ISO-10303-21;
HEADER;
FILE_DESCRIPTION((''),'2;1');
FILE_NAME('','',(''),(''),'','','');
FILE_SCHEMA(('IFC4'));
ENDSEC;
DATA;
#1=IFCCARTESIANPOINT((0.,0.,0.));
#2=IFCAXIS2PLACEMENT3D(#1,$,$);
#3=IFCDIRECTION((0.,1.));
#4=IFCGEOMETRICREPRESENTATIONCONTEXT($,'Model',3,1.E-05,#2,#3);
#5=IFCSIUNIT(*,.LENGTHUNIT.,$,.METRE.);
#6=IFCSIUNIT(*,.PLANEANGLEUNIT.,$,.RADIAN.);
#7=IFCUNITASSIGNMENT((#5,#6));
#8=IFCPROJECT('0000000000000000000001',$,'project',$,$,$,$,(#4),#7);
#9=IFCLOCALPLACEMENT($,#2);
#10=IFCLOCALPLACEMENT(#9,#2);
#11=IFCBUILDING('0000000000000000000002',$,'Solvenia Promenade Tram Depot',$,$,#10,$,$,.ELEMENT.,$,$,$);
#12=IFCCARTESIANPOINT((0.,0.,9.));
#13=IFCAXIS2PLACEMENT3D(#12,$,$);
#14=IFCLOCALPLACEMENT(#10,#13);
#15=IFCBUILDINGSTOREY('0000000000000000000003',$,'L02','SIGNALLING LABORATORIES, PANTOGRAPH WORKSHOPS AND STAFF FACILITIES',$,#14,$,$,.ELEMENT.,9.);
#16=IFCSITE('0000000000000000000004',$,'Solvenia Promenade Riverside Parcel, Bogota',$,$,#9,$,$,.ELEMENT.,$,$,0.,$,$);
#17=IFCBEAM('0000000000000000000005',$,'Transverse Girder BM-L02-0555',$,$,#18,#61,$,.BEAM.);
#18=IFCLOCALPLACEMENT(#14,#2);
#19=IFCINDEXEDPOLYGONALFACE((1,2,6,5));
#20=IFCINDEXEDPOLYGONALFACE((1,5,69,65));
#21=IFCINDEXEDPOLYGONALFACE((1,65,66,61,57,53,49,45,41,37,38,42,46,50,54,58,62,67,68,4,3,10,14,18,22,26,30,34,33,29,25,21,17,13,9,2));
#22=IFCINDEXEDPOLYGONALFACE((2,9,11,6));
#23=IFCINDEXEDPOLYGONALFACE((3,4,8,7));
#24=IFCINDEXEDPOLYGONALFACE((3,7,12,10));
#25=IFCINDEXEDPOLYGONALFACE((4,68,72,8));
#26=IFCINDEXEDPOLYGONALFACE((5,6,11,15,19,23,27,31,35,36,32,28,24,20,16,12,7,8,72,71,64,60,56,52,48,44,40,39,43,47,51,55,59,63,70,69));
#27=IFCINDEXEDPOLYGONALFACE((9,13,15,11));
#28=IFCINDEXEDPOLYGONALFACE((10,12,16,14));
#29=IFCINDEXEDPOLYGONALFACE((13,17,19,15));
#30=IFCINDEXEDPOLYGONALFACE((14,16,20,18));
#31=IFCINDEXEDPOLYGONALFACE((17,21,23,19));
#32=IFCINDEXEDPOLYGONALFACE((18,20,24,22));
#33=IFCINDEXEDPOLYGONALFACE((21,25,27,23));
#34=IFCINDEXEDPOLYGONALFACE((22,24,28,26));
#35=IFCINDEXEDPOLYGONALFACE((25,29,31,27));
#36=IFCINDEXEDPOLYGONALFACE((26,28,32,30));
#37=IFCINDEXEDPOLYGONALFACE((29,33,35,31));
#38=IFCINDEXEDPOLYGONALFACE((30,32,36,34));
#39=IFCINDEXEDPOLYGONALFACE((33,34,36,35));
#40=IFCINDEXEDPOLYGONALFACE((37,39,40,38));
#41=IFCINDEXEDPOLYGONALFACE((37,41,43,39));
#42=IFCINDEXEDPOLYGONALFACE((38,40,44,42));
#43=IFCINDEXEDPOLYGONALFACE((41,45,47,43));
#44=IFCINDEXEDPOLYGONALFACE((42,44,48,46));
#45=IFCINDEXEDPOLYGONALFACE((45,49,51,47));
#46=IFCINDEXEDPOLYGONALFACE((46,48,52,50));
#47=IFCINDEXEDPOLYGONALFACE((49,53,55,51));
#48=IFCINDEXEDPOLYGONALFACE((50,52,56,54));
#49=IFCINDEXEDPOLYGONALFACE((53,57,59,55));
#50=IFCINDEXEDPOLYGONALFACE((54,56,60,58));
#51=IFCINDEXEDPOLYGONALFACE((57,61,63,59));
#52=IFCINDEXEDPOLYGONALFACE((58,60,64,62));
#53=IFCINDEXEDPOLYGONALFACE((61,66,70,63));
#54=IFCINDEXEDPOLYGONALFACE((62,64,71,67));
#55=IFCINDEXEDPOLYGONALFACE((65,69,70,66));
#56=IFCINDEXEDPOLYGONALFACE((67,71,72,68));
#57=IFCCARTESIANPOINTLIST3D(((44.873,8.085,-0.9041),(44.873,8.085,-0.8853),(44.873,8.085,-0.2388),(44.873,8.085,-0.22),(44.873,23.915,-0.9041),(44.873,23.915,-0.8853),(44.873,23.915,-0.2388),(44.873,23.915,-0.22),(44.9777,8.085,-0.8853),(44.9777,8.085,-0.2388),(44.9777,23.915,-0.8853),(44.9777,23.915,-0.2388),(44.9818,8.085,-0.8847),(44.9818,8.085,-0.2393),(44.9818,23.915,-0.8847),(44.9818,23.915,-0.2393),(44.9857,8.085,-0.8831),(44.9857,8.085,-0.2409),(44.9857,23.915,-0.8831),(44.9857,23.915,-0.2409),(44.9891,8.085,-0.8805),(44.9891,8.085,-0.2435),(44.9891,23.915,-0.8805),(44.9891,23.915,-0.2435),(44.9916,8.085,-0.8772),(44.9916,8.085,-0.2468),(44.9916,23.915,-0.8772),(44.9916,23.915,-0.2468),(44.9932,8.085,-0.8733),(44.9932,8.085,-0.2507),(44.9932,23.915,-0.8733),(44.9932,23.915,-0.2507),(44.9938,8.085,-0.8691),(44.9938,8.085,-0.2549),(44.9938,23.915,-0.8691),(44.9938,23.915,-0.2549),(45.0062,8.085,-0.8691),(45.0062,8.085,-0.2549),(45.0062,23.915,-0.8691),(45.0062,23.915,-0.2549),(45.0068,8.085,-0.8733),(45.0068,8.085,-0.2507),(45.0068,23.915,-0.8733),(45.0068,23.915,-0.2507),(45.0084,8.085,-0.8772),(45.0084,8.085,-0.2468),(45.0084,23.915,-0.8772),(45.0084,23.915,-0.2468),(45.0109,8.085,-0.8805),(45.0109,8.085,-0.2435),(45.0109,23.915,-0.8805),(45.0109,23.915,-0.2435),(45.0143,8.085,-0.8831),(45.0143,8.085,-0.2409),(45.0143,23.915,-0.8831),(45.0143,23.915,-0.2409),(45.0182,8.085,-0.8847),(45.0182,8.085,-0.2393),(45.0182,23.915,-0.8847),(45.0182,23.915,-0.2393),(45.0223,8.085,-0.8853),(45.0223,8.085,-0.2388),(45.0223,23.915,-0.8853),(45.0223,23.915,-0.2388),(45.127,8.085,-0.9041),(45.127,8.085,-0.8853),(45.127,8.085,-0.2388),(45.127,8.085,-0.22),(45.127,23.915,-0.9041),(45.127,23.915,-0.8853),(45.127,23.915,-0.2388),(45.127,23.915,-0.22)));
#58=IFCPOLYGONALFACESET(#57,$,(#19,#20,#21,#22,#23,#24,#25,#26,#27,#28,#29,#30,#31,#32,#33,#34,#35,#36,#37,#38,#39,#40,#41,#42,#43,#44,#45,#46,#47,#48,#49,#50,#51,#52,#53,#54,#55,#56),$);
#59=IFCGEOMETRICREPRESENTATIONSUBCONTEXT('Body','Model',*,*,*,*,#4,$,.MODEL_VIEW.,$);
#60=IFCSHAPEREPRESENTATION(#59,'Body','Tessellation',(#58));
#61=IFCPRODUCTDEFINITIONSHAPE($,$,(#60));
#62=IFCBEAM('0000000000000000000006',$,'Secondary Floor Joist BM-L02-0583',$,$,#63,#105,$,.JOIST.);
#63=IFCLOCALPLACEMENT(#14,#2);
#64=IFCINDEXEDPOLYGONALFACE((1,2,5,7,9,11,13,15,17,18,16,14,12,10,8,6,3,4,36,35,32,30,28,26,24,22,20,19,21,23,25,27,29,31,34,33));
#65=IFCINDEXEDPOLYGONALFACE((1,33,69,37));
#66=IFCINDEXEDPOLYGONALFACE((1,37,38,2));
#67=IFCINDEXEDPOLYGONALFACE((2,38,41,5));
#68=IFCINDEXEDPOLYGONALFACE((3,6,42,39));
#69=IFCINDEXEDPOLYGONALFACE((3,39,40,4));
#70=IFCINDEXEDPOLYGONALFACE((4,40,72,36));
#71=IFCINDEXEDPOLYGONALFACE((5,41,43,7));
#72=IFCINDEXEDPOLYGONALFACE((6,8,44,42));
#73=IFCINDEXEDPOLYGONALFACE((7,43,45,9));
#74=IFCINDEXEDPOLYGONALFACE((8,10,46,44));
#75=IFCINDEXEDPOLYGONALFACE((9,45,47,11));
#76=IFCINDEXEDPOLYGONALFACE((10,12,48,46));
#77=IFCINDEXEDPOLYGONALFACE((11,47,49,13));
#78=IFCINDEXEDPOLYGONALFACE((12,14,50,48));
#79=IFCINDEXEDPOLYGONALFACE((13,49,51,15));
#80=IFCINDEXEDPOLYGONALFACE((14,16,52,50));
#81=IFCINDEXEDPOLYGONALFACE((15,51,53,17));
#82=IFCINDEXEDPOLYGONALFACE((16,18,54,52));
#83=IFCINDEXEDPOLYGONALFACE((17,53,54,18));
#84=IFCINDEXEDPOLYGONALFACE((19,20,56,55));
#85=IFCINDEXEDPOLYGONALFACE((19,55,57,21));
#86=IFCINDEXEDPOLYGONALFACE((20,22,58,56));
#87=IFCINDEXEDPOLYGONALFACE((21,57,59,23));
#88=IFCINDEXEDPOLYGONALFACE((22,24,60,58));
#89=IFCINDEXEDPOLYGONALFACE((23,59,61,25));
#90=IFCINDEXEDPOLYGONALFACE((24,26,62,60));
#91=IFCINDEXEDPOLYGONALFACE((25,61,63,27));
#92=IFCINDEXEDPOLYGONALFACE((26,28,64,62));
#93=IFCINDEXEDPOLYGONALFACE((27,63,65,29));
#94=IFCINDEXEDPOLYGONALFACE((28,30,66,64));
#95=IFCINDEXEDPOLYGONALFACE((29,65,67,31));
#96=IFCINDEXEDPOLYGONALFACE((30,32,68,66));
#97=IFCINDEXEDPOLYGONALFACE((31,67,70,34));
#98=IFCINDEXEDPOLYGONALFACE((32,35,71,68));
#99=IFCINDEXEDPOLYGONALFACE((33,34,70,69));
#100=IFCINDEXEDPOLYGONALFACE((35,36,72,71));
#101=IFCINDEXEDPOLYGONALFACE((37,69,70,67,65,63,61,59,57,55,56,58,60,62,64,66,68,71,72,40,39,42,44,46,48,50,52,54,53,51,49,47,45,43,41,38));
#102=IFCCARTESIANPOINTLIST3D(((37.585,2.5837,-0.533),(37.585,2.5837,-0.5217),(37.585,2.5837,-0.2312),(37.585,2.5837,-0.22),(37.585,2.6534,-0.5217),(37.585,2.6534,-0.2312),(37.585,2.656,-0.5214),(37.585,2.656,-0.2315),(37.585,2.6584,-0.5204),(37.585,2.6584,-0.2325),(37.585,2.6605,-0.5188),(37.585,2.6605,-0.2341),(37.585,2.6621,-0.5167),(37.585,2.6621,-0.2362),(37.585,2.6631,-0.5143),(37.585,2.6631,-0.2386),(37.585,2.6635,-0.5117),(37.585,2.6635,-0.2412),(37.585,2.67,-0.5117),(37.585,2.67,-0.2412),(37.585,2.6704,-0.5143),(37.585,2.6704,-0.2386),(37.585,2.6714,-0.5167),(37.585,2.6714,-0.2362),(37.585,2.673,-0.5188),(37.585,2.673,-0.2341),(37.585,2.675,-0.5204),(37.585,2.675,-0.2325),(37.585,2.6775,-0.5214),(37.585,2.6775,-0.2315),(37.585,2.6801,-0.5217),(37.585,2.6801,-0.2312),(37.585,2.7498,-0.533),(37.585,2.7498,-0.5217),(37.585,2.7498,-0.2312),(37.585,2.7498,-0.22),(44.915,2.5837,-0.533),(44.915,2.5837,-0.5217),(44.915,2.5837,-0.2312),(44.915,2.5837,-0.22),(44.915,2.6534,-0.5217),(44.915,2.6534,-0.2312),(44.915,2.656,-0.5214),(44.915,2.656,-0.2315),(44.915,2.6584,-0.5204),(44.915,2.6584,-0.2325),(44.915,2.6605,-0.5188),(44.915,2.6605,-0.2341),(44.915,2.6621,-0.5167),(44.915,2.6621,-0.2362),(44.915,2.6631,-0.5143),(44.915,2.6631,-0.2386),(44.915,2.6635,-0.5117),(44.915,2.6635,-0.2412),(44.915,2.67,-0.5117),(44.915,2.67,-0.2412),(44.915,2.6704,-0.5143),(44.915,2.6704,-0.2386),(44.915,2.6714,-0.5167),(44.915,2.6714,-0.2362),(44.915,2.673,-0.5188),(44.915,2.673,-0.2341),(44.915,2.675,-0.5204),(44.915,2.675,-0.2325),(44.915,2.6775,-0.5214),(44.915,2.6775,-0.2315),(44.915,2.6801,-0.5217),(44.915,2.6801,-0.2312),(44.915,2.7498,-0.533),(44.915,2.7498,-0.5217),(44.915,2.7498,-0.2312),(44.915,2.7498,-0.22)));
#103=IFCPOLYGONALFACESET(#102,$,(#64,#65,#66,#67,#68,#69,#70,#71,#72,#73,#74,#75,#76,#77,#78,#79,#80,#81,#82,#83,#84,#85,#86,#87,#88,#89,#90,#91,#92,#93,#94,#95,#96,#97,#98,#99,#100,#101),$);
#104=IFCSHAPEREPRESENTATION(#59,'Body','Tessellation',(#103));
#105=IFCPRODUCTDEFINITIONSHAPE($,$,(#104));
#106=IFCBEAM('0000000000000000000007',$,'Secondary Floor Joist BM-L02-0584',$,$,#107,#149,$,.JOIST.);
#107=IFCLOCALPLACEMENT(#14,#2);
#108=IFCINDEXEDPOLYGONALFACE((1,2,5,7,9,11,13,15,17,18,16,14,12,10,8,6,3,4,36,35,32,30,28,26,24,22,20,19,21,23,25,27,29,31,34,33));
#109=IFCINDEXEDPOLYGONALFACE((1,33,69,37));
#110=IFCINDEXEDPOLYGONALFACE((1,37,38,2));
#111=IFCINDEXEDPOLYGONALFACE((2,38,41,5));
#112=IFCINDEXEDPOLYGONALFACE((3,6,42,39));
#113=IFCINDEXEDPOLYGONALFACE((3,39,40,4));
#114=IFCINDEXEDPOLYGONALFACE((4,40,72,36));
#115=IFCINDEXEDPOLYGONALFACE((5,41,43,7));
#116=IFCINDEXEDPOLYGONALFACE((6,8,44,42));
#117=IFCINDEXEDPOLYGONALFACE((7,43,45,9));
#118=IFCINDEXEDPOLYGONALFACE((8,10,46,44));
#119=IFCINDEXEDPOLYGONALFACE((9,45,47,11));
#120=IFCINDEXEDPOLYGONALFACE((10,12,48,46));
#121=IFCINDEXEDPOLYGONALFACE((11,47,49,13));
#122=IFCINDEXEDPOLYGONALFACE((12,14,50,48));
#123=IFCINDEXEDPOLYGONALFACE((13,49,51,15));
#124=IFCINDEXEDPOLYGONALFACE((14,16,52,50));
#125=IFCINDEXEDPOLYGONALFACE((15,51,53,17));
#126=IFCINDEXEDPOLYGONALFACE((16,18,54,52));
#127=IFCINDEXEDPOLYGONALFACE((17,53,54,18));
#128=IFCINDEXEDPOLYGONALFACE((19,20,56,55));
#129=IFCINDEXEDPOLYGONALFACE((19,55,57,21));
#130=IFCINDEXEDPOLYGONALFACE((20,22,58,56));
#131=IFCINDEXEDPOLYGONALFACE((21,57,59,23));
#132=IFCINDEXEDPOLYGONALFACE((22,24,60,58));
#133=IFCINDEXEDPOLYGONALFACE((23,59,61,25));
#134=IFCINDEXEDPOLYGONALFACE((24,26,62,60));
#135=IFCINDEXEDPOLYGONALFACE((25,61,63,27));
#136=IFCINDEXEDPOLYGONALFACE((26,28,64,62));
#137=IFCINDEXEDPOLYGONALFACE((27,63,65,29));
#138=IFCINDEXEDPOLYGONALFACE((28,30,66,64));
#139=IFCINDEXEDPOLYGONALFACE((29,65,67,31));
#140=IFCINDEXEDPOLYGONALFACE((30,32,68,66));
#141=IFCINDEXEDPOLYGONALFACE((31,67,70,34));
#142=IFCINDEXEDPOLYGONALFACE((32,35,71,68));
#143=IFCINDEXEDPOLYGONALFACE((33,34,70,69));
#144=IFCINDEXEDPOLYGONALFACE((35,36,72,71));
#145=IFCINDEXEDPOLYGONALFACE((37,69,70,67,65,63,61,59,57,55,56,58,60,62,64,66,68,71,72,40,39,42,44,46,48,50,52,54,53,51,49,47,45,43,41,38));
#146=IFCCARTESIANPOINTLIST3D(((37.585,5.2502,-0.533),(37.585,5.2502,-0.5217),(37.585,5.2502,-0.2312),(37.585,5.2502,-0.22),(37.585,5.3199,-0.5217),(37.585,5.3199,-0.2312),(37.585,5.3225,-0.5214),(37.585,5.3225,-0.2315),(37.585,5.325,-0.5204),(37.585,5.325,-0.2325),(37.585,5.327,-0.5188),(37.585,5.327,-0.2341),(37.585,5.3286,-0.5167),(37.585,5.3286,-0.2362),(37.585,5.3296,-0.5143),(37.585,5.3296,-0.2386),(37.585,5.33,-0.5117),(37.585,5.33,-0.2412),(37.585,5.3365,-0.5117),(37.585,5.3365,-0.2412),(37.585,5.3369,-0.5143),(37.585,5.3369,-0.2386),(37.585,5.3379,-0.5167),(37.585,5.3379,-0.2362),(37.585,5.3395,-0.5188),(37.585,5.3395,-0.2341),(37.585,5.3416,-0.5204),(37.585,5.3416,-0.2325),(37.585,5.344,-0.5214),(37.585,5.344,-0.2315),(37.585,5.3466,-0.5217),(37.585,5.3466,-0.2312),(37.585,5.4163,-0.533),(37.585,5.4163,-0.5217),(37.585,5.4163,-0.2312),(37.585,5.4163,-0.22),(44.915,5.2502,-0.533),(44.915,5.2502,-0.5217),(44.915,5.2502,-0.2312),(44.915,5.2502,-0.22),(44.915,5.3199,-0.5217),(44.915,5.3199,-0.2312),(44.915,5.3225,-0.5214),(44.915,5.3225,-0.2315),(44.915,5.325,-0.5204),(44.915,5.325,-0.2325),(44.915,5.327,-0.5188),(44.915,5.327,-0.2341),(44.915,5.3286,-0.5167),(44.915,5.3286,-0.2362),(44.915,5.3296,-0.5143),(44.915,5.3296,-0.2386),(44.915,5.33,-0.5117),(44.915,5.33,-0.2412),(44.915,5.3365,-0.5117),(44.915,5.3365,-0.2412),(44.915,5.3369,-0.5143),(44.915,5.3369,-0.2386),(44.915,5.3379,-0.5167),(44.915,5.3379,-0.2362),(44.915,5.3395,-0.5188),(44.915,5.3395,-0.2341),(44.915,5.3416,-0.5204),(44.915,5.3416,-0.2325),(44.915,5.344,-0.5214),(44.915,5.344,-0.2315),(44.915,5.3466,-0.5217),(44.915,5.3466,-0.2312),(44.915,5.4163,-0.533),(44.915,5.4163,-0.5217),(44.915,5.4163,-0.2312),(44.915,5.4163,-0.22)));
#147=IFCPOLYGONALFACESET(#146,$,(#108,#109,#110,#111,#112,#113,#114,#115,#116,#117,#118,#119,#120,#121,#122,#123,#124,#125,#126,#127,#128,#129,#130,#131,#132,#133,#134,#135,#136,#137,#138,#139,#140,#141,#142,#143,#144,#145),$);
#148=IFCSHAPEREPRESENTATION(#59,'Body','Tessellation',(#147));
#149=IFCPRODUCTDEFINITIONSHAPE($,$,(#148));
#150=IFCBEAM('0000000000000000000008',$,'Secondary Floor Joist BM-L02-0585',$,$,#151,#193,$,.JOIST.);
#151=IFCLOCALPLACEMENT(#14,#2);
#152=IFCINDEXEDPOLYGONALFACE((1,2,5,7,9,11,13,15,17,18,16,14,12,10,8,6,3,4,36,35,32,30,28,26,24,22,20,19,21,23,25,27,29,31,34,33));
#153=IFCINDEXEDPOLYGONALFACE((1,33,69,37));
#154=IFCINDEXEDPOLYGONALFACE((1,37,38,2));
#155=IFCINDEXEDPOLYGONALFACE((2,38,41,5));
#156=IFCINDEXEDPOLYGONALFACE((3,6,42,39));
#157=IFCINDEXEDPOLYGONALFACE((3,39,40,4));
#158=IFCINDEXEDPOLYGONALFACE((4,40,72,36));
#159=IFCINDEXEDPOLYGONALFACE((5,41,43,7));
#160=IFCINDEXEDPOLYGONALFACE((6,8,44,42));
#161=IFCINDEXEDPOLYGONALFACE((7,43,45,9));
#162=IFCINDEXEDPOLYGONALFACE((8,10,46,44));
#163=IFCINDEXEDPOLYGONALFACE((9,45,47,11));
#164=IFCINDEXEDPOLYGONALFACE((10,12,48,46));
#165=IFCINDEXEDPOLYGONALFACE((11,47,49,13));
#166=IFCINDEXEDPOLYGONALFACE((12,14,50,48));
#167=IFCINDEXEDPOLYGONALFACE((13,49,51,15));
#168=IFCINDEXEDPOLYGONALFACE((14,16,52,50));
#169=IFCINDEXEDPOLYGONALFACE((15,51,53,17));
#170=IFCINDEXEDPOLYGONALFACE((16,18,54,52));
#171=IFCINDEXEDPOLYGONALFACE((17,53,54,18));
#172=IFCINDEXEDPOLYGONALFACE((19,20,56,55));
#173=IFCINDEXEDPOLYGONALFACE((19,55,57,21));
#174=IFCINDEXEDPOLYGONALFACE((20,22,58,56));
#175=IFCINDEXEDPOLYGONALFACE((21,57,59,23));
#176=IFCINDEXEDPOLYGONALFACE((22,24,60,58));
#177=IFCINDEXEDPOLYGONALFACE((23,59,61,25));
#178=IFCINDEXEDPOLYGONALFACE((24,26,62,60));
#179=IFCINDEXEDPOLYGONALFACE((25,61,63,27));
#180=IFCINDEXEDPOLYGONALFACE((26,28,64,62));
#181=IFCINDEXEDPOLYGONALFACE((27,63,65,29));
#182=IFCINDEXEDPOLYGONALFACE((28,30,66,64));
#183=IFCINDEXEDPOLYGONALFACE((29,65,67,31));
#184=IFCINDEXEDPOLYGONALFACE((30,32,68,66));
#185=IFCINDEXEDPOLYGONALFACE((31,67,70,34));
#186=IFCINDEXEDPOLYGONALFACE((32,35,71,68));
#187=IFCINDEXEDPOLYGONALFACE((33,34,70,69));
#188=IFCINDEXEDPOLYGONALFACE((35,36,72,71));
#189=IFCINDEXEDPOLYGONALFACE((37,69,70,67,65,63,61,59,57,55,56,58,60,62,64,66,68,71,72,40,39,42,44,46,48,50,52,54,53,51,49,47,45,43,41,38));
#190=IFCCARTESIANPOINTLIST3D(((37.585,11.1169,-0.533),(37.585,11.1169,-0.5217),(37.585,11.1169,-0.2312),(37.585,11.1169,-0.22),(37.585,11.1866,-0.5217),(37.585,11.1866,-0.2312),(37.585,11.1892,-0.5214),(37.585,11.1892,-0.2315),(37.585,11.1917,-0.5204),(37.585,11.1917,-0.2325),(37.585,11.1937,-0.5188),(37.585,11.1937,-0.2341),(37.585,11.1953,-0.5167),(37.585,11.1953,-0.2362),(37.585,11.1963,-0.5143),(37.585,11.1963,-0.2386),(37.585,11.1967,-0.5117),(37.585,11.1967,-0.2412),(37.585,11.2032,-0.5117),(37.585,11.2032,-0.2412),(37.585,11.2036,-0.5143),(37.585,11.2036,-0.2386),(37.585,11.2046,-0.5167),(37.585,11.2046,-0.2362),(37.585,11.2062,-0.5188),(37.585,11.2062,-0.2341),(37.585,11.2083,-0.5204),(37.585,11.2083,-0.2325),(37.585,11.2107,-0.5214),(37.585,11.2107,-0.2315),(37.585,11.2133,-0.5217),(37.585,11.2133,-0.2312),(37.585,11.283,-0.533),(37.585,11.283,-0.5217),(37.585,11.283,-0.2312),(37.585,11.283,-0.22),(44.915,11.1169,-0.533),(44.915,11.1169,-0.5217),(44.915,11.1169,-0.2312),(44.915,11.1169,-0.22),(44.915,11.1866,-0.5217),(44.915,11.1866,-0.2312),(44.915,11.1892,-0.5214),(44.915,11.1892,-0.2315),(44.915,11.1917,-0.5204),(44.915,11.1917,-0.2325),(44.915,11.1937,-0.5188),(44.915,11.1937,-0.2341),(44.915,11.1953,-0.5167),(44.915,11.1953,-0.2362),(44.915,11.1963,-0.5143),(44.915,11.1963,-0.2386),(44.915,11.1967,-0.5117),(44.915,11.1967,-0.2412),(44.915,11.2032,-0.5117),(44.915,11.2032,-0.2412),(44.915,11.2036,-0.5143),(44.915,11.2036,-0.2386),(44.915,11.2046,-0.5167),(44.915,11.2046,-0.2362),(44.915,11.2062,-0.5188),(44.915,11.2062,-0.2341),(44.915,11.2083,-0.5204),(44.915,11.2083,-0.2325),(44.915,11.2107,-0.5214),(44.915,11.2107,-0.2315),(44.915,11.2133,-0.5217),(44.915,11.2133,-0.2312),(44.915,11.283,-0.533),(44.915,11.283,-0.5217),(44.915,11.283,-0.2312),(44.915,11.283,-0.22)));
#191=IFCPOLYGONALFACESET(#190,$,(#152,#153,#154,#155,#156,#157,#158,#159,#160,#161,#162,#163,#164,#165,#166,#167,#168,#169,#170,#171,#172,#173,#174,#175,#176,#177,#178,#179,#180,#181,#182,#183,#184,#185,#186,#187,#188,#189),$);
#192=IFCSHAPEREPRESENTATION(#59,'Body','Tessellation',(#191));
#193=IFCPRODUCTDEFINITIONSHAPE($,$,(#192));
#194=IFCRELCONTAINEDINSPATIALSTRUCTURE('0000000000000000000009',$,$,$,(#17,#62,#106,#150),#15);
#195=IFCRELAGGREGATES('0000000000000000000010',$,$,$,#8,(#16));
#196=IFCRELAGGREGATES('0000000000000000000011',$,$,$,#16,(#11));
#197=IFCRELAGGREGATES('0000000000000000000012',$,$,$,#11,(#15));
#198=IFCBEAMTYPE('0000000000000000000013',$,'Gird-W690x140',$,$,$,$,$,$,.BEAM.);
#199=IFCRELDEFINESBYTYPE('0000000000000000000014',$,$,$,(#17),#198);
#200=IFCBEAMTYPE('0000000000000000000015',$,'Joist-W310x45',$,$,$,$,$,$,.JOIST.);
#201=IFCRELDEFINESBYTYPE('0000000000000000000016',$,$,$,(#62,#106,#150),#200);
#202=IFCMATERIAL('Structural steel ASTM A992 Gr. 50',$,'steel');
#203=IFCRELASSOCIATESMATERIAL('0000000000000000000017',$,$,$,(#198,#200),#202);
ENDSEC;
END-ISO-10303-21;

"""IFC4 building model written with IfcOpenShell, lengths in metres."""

from ifc_helpers import new_model, si_unit, direction, frame, origin, origin_2d, place, context, subcontext, project, spatial, i_section, extrude, material, material_profile, profile_set, type_object, element, save


model = new_model("IFC4")

# Units and contexts
model_context = context("Model", 3, precision=1e-05, world=origin(), true_north=direction((0.0, 1.0)))
body_context = subcontext(model_context, "Body", "Model", "MODEL_VIEW")
ifc_project = project(units=[si_unit("LENGTHUNIT", "METRE"), si_unit("PLANEANGLEUNIT", "RADIAN")], contexts=[model_context])

# Site, building, storey
site_placement = place(None, origin())
site = spatial("IfcSite", under=ifc_project, at=site_placement, Name="Solvenia Promenade Riverside Parcel, Bogota", CompositionType="ELEMENT", RefElevation=0.0)
building_placement = place(site_placement, origin())
building = spatial("IfcBuilding", under=site, at=building_placement, Name="Solvenia Promenade Tram Depot", CompositionType="ELEMENT")
storey_placement = place(building_placement, frame((0.0, 0.0, 9.0)))
storey = spatial("IfcBuildingStorey", under=building, at=storey_placement, Name="L02", Description="SIGNALLING LABORATORIES, PANTOGRAPH WORKSHOPS AND STAFF FACILITIES", CompositionType="ELEMENT", Elevation=9.0)

# Shared definitions
ifc_material_1 = material(Name="Structural steel ASTM A992 Gr. 50", Category="steel")

# Beams
ifc_material_profile_1 = material_profile(ifc_material_1, i_section(OverallWidth=0.2539, OverallDepth=0.6841, WebThickness=0.0125, FlangeThickness=0.0188, FilletRadius=0.0161, at=origin_2d()), Name="W690x140", Category="steel")
ifc_profile_set_1 = profile_set([ifc_material_profile_1], Name="Structural steel ASTM A992 Gr. 50")
beam_type_1 = type_object("IfcBeamType", Name="Gird-W690x140", PredefinedType="BEAM", material=ifc_profile_set_1)
beam_1_placement = place(storey_placement, frame((45.0, 8.085, -0.562), z_axis=(0.0, 1.0, 0.0), x_axis=(-1.0, 0.0, 0.0)))
element("IfcBeam", 1, at=beam_1_placement, inside=storey, type_object=beam_type_1, Name="Transverse Girder BM-L02-0555", PredefinedType="BEAM", context=body_context, shape_type="SweptSolid", body=[
    extrude(i_section(OverallWidth=0.2539, OverallDepth=0.6841, WebThickness=0.0125, FlangeThickness=0.0188, FilletRadius=0.0161, at=origin_2d()), origin(), (0.0, 0.0, 1.0), 15.8301),
])
ifc_material_profile_2 = material_profile(ifc_material_1, i_section(OverallWidth=0.166, OverallDepth=0.313, WebThickness=0.0066, FlangeThickness=0.0112, FilletRadius=0.01, at=origin_2d()), Name="W310x45", Category="steel")
ifc_profile_set_2 = profile_set([ifc_material_profile_2], Name="Structural steel ASTM A992 Gr. 50")
beam_type_2 = type_object("IfcBeamType", Name="Joist-W310x45", PredefinedType="JOIST", material=ifc_profile_set_2)
for number, where, z_axis, x_axis, name in (
    (2, (37.585, 2.6667, -0.3765), (1.0, 0.0, 0.0), (0.0, 1.0, 0.0), "Secondary Floor Joist BM-L02-0583"),
    (3, (37.585, 5.3333, -0.3765), (1.0, 0.0, 0.0), (0.0, 1.0, 0.0), "Secondary Floor Joist BM-L02-0584"),
    (4, (37.585, 11.2, -0.3765), (1.0, 0.0, 0.0), (0.0, 1.0, 0.0), "Secondary Floor Joist BM-L02-0585"),
):
    element("IfcBeam", number, at=place(storey_placement, frame(where, z_axis=z_axis, x_axis=x_axis)), inside=storey, type_object=beam_type_2, Name=name, PredefinedType="JOIST", context=body_context, shape_type="SweptSolid", body=[
        extrude(i_section(OverallWidth=0.166, OverallDepth=0.313, WebThickness=0.0066, FlangeThickness=0.0112, FilletRadius=0.01, at=origin_2d()), origin(), (0.0, 0.0, 1.0), 7.3301),
    ])

save(model, "model.ifc")
